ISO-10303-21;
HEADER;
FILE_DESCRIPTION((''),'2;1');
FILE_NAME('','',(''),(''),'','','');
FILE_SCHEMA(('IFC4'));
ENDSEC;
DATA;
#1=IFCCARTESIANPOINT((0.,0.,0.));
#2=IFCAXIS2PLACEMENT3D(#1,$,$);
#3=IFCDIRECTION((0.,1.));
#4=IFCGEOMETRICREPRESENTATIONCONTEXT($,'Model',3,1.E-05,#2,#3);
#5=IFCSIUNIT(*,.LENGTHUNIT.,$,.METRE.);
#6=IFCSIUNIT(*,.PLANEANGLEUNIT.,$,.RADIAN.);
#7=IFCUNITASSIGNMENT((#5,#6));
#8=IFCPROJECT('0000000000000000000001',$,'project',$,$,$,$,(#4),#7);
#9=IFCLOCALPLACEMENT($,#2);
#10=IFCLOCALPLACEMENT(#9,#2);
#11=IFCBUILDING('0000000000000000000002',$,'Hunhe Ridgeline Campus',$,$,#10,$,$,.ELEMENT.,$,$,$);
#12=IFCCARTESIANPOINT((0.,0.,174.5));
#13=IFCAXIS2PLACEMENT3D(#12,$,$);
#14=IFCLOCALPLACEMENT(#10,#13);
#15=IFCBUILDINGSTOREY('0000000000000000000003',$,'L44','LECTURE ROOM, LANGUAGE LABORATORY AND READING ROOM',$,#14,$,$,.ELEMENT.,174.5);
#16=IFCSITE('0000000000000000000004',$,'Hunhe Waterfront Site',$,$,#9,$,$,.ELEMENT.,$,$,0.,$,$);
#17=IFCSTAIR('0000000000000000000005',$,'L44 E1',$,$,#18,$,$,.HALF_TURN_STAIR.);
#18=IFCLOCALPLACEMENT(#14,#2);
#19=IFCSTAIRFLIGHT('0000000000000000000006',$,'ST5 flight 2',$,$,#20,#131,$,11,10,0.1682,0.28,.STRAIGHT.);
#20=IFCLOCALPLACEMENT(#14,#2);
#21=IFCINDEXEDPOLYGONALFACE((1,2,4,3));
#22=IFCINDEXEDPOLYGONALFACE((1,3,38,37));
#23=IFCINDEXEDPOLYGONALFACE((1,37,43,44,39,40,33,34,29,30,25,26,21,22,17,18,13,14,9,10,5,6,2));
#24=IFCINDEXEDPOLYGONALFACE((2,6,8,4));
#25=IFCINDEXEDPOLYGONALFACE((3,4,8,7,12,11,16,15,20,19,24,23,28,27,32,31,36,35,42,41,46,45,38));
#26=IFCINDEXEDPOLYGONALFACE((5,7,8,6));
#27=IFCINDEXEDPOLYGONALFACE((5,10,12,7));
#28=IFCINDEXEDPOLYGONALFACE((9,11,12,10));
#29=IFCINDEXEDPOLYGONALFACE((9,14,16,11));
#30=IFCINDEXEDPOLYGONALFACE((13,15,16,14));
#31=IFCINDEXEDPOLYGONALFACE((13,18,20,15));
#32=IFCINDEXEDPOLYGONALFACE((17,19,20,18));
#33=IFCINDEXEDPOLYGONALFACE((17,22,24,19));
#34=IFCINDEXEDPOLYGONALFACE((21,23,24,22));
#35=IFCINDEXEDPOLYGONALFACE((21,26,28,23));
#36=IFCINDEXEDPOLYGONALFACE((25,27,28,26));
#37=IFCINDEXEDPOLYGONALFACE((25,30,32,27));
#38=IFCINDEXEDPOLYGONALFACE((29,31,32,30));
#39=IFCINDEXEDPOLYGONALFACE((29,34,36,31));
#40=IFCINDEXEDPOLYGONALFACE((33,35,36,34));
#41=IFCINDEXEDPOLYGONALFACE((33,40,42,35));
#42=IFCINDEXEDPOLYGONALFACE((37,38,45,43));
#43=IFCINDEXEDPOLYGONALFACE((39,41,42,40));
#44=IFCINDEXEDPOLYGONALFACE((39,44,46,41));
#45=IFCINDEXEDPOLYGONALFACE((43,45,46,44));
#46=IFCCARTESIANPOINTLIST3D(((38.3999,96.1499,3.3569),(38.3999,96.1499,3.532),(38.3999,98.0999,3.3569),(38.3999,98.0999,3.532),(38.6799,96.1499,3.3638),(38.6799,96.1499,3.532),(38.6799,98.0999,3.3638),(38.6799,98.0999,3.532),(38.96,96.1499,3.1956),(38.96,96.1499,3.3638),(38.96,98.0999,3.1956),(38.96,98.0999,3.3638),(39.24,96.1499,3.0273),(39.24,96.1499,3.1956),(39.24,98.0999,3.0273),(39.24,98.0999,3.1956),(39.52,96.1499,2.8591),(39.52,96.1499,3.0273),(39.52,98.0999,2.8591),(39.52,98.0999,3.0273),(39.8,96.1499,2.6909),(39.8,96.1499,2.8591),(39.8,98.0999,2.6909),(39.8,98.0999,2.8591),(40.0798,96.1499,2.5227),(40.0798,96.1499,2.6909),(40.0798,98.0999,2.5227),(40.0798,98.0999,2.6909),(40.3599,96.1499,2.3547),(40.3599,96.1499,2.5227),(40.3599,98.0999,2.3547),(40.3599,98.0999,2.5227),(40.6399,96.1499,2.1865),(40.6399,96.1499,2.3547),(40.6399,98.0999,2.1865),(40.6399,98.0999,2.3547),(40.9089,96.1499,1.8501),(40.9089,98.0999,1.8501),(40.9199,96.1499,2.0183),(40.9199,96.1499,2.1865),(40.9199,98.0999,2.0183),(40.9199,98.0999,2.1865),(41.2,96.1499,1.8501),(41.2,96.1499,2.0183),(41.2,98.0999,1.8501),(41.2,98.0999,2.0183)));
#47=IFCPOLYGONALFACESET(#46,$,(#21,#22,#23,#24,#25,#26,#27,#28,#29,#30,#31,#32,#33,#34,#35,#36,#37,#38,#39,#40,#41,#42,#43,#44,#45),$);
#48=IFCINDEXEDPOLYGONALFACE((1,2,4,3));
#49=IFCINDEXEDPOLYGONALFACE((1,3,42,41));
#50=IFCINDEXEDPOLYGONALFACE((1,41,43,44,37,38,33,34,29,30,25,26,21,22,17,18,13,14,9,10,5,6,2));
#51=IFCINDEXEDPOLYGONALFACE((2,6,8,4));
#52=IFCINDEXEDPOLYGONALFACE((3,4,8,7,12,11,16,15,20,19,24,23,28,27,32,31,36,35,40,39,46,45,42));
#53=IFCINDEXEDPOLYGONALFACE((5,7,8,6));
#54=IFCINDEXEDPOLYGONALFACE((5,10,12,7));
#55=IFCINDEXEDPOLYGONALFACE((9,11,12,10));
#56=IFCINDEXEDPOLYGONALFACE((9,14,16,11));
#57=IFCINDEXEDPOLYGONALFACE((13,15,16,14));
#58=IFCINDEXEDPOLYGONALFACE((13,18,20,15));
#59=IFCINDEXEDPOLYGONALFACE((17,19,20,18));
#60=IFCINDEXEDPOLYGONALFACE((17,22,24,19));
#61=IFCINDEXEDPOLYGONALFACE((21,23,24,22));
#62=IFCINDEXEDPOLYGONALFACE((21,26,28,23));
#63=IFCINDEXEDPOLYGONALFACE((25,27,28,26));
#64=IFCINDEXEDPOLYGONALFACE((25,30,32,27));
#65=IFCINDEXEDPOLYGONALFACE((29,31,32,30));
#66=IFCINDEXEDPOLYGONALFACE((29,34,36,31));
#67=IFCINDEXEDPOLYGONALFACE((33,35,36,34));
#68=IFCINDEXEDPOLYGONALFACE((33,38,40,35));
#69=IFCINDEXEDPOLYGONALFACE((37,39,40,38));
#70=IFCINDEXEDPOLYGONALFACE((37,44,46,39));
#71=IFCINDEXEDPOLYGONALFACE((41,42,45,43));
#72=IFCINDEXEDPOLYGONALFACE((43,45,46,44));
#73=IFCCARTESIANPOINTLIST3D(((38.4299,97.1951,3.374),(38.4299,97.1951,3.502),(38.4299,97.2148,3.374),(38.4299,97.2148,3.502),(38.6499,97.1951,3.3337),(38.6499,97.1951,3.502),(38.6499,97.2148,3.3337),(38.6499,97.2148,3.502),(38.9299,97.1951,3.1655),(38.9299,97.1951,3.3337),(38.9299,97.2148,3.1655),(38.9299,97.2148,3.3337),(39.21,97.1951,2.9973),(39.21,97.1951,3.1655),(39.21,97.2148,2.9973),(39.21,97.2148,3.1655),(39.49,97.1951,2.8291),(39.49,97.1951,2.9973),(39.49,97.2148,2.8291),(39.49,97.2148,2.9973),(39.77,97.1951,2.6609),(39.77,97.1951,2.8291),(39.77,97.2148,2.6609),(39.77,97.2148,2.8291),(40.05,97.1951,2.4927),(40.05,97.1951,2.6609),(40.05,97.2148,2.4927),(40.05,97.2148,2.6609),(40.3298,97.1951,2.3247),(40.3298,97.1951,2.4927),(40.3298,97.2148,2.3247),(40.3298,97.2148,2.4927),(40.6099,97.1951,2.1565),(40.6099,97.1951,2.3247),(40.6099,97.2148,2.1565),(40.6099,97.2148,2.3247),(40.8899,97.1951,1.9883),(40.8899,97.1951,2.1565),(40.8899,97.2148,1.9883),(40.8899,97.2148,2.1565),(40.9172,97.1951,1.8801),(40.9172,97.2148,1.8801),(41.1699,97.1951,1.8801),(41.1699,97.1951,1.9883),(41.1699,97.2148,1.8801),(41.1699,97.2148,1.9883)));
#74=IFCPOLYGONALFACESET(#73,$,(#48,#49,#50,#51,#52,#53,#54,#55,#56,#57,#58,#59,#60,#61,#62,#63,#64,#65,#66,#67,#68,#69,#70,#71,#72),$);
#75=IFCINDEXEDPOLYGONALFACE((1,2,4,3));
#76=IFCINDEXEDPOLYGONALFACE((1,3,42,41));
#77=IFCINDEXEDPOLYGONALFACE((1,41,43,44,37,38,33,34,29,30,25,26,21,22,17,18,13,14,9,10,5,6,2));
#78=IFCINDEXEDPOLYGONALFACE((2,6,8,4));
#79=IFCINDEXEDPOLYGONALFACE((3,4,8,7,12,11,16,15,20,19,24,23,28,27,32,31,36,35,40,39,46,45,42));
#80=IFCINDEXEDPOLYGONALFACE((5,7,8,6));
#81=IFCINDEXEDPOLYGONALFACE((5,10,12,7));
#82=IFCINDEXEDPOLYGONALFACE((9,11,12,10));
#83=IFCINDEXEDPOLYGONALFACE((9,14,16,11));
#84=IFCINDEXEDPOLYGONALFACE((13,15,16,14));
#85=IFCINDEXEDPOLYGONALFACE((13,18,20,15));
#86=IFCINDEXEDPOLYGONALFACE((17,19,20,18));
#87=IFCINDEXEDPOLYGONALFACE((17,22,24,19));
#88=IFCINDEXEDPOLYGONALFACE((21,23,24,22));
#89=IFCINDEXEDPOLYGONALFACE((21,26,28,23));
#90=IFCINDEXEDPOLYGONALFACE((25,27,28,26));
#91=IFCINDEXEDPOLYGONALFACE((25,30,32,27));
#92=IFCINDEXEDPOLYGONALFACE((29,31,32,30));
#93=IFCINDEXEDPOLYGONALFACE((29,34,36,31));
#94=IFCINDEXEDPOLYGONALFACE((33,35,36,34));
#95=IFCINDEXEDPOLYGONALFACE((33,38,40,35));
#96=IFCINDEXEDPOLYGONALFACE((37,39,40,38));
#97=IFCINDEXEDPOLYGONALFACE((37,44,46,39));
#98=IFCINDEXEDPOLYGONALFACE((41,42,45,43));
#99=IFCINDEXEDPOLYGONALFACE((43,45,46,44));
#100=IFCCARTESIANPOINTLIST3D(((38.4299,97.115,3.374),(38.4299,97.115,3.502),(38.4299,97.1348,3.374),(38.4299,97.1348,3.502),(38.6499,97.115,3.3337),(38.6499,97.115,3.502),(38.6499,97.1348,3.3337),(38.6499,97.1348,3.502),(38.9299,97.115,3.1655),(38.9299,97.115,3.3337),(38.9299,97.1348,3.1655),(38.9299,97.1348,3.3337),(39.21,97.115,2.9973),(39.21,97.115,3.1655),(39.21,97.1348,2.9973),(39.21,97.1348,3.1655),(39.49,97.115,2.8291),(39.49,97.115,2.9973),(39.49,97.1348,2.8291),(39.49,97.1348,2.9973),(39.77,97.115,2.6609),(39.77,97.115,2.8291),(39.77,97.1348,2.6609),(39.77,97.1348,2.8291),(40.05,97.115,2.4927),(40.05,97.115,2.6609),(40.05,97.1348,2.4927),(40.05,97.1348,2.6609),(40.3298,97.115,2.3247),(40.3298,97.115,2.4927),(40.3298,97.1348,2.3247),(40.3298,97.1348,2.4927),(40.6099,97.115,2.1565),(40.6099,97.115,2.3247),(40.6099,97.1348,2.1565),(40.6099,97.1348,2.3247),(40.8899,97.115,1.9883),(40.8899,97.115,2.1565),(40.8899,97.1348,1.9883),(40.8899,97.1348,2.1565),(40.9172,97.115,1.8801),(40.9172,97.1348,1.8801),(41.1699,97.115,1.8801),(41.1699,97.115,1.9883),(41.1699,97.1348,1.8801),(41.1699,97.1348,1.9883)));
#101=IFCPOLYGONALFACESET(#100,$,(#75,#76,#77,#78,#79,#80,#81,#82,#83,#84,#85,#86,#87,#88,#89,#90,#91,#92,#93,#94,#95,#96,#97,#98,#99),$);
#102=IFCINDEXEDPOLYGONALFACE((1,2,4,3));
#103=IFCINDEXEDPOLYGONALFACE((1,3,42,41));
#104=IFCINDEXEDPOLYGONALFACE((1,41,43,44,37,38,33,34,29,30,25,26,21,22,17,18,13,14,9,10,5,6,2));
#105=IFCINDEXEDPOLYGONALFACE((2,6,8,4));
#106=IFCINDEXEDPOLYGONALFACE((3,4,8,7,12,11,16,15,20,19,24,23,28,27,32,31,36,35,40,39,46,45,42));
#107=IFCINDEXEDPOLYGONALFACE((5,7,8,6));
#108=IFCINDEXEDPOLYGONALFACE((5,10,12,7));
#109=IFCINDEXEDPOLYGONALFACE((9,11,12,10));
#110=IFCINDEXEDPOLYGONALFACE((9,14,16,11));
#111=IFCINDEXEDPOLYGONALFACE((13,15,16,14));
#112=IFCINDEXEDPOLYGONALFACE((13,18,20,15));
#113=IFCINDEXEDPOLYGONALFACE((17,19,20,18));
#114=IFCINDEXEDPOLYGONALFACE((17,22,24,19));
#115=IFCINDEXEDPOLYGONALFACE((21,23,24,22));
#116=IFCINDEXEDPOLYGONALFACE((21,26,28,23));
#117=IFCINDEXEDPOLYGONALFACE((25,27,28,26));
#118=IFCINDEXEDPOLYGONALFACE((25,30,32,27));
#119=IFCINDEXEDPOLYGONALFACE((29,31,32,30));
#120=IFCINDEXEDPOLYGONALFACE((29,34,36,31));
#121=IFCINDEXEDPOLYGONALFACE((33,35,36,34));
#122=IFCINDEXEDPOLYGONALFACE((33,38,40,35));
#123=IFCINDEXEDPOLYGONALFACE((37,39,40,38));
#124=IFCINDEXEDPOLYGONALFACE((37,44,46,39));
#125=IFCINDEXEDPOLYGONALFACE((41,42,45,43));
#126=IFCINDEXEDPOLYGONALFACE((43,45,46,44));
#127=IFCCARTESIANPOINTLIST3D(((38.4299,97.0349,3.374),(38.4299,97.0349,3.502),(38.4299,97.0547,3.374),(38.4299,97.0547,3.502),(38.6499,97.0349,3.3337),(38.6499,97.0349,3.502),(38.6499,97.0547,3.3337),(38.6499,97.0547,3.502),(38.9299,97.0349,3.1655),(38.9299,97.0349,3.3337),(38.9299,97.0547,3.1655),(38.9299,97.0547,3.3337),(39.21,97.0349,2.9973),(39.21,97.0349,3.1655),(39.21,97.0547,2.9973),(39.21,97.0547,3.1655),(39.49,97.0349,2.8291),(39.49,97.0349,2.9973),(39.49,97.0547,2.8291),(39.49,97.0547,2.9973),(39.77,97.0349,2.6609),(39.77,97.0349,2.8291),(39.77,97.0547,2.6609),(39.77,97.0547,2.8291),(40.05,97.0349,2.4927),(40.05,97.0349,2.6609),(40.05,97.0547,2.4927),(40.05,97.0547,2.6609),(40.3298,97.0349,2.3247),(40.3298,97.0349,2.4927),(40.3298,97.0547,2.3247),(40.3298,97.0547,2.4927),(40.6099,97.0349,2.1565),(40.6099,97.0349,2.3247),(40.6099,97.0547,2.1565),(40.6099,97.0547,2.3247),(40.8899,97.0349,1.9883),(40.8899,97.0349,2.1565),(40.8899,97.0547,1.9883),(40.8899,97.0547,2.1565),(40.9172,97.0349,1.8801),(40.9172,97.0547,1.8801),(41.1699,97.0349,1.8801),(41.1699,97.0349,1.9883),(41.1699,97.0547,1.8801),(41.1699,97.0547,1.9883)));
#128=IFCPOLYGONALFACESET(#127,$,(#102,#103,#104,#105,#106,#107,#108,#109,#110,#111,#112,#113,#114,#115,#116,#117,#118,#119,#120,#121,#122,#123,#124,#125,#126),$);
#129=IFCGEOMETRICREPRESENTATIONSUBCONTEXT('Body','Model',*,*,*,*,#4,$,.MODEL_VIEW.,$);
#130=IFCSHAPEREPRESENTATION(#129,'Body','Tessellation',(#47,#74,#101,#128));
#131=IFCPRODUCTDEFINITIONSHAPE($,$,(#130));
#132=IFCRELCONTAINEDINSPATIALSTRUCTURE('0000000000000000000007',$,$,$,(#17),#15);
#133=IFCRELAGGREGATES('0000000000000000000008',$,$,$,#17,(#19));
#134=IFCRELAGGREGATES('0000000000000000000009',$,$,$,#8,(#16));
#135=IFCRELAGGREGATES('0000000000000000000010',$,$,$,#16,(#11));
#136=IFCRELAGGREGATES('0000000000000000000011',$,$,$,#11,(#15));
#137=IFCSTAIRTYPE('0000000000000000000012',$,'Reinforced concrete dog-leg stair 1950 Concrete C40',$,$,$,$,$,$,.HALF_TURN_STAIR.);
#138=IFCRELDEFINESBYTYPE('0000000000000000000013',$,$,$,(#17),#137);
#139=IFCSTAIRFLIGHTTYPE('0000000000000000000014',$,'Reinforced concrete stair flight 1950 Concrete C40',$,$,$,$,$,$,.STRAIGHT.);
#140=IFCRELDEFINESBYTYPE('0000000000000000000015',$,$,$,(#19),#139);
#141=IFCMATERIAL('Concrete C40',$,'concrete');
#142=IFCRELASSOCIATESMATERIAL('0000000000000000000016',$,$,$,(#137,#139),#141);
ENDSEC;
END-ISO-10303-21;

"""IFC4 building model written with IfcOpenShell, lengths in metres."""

from ifc_helpers import new_model, si_unit, direction, frame, origin, place, context, subcontext, project, spatial, polyline, outline, extrude, material, type_object, element, aggregate, save


model = new_model("IFC4")

# Units and contexts
model_context = context("Model", 3, precision=1e-05, world=origin(), true_north=direction((0.0, 1.0)))
body_context = subcontext(model_context, "Body", "Model", "MODEL_VIEW")
ifc_project = project(units=[si_unit("LENGTHUNIT", "METRE"), si_unit("PLANEANGLEUNIT", "RADIAN")], contexts=[model_context])

# Site, building, storey
site_placement = place(None, origin())
site = spatial("IfcSite", under=ifc_project, at=site_placement, Name="Hunhe Waterfront Site", CompositionType="ELEMENT", RefElevation=0.0)
building_placement = place(site_placement, origin())
building = spatial("IfcBuilding", under=site, at=building_placement, Name="Hunhe Ridgeline Campus", CompositionType="ELEMENT")
storey_placement = place(building_placement, frame((0.0, 0.0, 174.5)))
storey = spatial("IfcBuildingStorey", under=building, at=storey_placement, Name="L44", Description="LECTURE ROOM, LANGUAGE LABORATORY AND READING ROOM", CompositionType="ELEMENT", Elevation=174.5)

# Stair, stair flight
ifc_material_1 = material(Name="Concrete C40", Category="concrete")
stair_type = type_object("IfcStairType", Name="Reinforced concrete dog-leg stair 1950 Concrete C40", PredefinedType="HALF_TURN_STAIR", material=ifc_material_1)
stair_placement = place(storey_placement, origin())
stair = element("IfcStair", 1, at=stair_placement, inside=storey, type_object=stair_type, Name="L44 E1", PredefinedType="HALF_TURN_STAIR")
stair_flight_type = type_object("IfcStairFlightType", Name="Reinforced concrete stair flight 1950 Concrete C40", PredefinedType="STRAIGHT", material=ifc_material_1)
stair_flight_placement = place(storey_placement, frame((41.2, 97.125, 1.8501), z_axis=(0.0, 0.0, 1.0), x_axis=(-1.0, 0.0, 0.0)))
stair_flight = element("IfcStairFlight", 2, at=stair_flight_placement, type_object=stair_flight_type, Name="ST5 flight 2", NumberOfRisers=11, NumberOfTreads=10, PredefinedType="STRAIGHT", RiserHeight=0.1682, TreadLength=0.28, context=body_context, shape_type="SweptSolid", body=[
    extrude(outline(polyline([(0.0, 0.0), (0.0, 0.1682), (0.28, 0.1682), (0.28, 0.3364), (0.5601, 0.3364), (0.5601, 0.5046), (0.8401, 0.5046), (0.8401, 0.6726), (1.1201, 0.6726), (1.1201, 0.8408), (1.3999, 0.8408), (1.3999, 1.009), (1.6799, 1.009), (1.6799, 1.1772), (1.96, 1.1772), (1.96, 1.3455), (2.24, 1.3455), (2.24, 1.5137), (2.52, 1.5137), (2.52, 1.6819), (2.8, 1.6819), (2.8, 1.8501), (2.8, 1.5068), (0.291, 0.0), (0.0, 0.0)])), frame((0.0, 0.9751, 0.0), z_axis=(0.0, -1.0, 0.0), x_axis=(1.0, 0.0, 0.0)), (0.0, 0.0, 1.0), 1.95),
    extrude(outline(polyline([(0.03, 0.03), (0.03, 0.1382), (0.3101, 0.1382), (0.3101, 0.3064), (0.5901, 0.3064), (0.5901, 0.4746), (0.8701, 0.4746), (0.8701, 0.6426), (1.1499, 0.6426), (1.1499, 0.8108), (1.4299, 0.8108), (1.4299, 0.979), (1.71, 0.979), (1.71, 1.1472), (1.99, 1.1472), (1.99, 1.3154), (2.27, 1.3154), (2.27, 1.4836), (2.55, 1.4836), (2.55, 1.6519), (2.77, 1.6519), (2.77, 1.5239), (0.2827, 0.03), (0.03, 0.03)])), frame((0.0, -0.0701, 0.0), z_axis=(0.0, -1.0, 0.0), x_axis=(1.0, 0.0, 0.0)), (0.0, 0.0, 1.0), 0.0198),
    extrude(outline(polyline([(0.03, 0.03), (0.03, 0.1382), (0.3101, 0.1382), (0.3101, 0.3064), (0.5901, 0.3064), (0.5901, 0.4746), (0.8701, 0.4746), (0.8701, 0.6426), (1.1499, 0.6426), (1.1499, 0.8108), (1.4299, 0.8108), (1.4299, 0.979), (1.71, 0.979), (1.71, 1.1472), (1.99, 1.1472), (1.99, 1.3154), (2.27, 1.3154), (2.27, 1.4836), (2.55, 1.4836), (2.55, 1.6519), (2.77, 1.6519), (2.77, 1.5239), (0.2827, 0.03), (0.03, 0.03)])), frame((0.0, 0.01, 0.0), z_axis=(0.0, -1.0, 0.0), x_axis=(1.0, 0.0, 0.0)), (0.0, 0.0, 1.0), 0.0198),
    extrude(outline(polyline([(0.03, 0.03), (0.03, 0.1382), (0.3101, 0.1382), (0.3101, 0.3064), (0.5901, 0.3064), (0.5901, 0.4746), (0.8701, 0.4746), (0.8701, 0.6426), (1.1499, 0.6426), (1.1499, 0.8108), (1.4299, 0.8108), (1.4299, 0.979), (1.71, 0.979), (1.71, 1.1472), (1.99, 1.1472), (1.99, 1.3154), (2.27, 1.3154), (2.27, 1.4836), (2.55, 1.4836), (2.55, 1.6519), (2.77, 1.6519), (2.77, 1.5239), (0.2827, 0.03), (0.03, 0.03)])), frame((0.0, 0.0901, 0.0), z_axis=(0.0, -1.0, 0.0), x_axis=(1.0, 0.0, 0.0)), (0.0, 0.0, 1.0), 0.0198),
])
aggregate(stair, [stair_flight])

save(model, "model.ifc")
